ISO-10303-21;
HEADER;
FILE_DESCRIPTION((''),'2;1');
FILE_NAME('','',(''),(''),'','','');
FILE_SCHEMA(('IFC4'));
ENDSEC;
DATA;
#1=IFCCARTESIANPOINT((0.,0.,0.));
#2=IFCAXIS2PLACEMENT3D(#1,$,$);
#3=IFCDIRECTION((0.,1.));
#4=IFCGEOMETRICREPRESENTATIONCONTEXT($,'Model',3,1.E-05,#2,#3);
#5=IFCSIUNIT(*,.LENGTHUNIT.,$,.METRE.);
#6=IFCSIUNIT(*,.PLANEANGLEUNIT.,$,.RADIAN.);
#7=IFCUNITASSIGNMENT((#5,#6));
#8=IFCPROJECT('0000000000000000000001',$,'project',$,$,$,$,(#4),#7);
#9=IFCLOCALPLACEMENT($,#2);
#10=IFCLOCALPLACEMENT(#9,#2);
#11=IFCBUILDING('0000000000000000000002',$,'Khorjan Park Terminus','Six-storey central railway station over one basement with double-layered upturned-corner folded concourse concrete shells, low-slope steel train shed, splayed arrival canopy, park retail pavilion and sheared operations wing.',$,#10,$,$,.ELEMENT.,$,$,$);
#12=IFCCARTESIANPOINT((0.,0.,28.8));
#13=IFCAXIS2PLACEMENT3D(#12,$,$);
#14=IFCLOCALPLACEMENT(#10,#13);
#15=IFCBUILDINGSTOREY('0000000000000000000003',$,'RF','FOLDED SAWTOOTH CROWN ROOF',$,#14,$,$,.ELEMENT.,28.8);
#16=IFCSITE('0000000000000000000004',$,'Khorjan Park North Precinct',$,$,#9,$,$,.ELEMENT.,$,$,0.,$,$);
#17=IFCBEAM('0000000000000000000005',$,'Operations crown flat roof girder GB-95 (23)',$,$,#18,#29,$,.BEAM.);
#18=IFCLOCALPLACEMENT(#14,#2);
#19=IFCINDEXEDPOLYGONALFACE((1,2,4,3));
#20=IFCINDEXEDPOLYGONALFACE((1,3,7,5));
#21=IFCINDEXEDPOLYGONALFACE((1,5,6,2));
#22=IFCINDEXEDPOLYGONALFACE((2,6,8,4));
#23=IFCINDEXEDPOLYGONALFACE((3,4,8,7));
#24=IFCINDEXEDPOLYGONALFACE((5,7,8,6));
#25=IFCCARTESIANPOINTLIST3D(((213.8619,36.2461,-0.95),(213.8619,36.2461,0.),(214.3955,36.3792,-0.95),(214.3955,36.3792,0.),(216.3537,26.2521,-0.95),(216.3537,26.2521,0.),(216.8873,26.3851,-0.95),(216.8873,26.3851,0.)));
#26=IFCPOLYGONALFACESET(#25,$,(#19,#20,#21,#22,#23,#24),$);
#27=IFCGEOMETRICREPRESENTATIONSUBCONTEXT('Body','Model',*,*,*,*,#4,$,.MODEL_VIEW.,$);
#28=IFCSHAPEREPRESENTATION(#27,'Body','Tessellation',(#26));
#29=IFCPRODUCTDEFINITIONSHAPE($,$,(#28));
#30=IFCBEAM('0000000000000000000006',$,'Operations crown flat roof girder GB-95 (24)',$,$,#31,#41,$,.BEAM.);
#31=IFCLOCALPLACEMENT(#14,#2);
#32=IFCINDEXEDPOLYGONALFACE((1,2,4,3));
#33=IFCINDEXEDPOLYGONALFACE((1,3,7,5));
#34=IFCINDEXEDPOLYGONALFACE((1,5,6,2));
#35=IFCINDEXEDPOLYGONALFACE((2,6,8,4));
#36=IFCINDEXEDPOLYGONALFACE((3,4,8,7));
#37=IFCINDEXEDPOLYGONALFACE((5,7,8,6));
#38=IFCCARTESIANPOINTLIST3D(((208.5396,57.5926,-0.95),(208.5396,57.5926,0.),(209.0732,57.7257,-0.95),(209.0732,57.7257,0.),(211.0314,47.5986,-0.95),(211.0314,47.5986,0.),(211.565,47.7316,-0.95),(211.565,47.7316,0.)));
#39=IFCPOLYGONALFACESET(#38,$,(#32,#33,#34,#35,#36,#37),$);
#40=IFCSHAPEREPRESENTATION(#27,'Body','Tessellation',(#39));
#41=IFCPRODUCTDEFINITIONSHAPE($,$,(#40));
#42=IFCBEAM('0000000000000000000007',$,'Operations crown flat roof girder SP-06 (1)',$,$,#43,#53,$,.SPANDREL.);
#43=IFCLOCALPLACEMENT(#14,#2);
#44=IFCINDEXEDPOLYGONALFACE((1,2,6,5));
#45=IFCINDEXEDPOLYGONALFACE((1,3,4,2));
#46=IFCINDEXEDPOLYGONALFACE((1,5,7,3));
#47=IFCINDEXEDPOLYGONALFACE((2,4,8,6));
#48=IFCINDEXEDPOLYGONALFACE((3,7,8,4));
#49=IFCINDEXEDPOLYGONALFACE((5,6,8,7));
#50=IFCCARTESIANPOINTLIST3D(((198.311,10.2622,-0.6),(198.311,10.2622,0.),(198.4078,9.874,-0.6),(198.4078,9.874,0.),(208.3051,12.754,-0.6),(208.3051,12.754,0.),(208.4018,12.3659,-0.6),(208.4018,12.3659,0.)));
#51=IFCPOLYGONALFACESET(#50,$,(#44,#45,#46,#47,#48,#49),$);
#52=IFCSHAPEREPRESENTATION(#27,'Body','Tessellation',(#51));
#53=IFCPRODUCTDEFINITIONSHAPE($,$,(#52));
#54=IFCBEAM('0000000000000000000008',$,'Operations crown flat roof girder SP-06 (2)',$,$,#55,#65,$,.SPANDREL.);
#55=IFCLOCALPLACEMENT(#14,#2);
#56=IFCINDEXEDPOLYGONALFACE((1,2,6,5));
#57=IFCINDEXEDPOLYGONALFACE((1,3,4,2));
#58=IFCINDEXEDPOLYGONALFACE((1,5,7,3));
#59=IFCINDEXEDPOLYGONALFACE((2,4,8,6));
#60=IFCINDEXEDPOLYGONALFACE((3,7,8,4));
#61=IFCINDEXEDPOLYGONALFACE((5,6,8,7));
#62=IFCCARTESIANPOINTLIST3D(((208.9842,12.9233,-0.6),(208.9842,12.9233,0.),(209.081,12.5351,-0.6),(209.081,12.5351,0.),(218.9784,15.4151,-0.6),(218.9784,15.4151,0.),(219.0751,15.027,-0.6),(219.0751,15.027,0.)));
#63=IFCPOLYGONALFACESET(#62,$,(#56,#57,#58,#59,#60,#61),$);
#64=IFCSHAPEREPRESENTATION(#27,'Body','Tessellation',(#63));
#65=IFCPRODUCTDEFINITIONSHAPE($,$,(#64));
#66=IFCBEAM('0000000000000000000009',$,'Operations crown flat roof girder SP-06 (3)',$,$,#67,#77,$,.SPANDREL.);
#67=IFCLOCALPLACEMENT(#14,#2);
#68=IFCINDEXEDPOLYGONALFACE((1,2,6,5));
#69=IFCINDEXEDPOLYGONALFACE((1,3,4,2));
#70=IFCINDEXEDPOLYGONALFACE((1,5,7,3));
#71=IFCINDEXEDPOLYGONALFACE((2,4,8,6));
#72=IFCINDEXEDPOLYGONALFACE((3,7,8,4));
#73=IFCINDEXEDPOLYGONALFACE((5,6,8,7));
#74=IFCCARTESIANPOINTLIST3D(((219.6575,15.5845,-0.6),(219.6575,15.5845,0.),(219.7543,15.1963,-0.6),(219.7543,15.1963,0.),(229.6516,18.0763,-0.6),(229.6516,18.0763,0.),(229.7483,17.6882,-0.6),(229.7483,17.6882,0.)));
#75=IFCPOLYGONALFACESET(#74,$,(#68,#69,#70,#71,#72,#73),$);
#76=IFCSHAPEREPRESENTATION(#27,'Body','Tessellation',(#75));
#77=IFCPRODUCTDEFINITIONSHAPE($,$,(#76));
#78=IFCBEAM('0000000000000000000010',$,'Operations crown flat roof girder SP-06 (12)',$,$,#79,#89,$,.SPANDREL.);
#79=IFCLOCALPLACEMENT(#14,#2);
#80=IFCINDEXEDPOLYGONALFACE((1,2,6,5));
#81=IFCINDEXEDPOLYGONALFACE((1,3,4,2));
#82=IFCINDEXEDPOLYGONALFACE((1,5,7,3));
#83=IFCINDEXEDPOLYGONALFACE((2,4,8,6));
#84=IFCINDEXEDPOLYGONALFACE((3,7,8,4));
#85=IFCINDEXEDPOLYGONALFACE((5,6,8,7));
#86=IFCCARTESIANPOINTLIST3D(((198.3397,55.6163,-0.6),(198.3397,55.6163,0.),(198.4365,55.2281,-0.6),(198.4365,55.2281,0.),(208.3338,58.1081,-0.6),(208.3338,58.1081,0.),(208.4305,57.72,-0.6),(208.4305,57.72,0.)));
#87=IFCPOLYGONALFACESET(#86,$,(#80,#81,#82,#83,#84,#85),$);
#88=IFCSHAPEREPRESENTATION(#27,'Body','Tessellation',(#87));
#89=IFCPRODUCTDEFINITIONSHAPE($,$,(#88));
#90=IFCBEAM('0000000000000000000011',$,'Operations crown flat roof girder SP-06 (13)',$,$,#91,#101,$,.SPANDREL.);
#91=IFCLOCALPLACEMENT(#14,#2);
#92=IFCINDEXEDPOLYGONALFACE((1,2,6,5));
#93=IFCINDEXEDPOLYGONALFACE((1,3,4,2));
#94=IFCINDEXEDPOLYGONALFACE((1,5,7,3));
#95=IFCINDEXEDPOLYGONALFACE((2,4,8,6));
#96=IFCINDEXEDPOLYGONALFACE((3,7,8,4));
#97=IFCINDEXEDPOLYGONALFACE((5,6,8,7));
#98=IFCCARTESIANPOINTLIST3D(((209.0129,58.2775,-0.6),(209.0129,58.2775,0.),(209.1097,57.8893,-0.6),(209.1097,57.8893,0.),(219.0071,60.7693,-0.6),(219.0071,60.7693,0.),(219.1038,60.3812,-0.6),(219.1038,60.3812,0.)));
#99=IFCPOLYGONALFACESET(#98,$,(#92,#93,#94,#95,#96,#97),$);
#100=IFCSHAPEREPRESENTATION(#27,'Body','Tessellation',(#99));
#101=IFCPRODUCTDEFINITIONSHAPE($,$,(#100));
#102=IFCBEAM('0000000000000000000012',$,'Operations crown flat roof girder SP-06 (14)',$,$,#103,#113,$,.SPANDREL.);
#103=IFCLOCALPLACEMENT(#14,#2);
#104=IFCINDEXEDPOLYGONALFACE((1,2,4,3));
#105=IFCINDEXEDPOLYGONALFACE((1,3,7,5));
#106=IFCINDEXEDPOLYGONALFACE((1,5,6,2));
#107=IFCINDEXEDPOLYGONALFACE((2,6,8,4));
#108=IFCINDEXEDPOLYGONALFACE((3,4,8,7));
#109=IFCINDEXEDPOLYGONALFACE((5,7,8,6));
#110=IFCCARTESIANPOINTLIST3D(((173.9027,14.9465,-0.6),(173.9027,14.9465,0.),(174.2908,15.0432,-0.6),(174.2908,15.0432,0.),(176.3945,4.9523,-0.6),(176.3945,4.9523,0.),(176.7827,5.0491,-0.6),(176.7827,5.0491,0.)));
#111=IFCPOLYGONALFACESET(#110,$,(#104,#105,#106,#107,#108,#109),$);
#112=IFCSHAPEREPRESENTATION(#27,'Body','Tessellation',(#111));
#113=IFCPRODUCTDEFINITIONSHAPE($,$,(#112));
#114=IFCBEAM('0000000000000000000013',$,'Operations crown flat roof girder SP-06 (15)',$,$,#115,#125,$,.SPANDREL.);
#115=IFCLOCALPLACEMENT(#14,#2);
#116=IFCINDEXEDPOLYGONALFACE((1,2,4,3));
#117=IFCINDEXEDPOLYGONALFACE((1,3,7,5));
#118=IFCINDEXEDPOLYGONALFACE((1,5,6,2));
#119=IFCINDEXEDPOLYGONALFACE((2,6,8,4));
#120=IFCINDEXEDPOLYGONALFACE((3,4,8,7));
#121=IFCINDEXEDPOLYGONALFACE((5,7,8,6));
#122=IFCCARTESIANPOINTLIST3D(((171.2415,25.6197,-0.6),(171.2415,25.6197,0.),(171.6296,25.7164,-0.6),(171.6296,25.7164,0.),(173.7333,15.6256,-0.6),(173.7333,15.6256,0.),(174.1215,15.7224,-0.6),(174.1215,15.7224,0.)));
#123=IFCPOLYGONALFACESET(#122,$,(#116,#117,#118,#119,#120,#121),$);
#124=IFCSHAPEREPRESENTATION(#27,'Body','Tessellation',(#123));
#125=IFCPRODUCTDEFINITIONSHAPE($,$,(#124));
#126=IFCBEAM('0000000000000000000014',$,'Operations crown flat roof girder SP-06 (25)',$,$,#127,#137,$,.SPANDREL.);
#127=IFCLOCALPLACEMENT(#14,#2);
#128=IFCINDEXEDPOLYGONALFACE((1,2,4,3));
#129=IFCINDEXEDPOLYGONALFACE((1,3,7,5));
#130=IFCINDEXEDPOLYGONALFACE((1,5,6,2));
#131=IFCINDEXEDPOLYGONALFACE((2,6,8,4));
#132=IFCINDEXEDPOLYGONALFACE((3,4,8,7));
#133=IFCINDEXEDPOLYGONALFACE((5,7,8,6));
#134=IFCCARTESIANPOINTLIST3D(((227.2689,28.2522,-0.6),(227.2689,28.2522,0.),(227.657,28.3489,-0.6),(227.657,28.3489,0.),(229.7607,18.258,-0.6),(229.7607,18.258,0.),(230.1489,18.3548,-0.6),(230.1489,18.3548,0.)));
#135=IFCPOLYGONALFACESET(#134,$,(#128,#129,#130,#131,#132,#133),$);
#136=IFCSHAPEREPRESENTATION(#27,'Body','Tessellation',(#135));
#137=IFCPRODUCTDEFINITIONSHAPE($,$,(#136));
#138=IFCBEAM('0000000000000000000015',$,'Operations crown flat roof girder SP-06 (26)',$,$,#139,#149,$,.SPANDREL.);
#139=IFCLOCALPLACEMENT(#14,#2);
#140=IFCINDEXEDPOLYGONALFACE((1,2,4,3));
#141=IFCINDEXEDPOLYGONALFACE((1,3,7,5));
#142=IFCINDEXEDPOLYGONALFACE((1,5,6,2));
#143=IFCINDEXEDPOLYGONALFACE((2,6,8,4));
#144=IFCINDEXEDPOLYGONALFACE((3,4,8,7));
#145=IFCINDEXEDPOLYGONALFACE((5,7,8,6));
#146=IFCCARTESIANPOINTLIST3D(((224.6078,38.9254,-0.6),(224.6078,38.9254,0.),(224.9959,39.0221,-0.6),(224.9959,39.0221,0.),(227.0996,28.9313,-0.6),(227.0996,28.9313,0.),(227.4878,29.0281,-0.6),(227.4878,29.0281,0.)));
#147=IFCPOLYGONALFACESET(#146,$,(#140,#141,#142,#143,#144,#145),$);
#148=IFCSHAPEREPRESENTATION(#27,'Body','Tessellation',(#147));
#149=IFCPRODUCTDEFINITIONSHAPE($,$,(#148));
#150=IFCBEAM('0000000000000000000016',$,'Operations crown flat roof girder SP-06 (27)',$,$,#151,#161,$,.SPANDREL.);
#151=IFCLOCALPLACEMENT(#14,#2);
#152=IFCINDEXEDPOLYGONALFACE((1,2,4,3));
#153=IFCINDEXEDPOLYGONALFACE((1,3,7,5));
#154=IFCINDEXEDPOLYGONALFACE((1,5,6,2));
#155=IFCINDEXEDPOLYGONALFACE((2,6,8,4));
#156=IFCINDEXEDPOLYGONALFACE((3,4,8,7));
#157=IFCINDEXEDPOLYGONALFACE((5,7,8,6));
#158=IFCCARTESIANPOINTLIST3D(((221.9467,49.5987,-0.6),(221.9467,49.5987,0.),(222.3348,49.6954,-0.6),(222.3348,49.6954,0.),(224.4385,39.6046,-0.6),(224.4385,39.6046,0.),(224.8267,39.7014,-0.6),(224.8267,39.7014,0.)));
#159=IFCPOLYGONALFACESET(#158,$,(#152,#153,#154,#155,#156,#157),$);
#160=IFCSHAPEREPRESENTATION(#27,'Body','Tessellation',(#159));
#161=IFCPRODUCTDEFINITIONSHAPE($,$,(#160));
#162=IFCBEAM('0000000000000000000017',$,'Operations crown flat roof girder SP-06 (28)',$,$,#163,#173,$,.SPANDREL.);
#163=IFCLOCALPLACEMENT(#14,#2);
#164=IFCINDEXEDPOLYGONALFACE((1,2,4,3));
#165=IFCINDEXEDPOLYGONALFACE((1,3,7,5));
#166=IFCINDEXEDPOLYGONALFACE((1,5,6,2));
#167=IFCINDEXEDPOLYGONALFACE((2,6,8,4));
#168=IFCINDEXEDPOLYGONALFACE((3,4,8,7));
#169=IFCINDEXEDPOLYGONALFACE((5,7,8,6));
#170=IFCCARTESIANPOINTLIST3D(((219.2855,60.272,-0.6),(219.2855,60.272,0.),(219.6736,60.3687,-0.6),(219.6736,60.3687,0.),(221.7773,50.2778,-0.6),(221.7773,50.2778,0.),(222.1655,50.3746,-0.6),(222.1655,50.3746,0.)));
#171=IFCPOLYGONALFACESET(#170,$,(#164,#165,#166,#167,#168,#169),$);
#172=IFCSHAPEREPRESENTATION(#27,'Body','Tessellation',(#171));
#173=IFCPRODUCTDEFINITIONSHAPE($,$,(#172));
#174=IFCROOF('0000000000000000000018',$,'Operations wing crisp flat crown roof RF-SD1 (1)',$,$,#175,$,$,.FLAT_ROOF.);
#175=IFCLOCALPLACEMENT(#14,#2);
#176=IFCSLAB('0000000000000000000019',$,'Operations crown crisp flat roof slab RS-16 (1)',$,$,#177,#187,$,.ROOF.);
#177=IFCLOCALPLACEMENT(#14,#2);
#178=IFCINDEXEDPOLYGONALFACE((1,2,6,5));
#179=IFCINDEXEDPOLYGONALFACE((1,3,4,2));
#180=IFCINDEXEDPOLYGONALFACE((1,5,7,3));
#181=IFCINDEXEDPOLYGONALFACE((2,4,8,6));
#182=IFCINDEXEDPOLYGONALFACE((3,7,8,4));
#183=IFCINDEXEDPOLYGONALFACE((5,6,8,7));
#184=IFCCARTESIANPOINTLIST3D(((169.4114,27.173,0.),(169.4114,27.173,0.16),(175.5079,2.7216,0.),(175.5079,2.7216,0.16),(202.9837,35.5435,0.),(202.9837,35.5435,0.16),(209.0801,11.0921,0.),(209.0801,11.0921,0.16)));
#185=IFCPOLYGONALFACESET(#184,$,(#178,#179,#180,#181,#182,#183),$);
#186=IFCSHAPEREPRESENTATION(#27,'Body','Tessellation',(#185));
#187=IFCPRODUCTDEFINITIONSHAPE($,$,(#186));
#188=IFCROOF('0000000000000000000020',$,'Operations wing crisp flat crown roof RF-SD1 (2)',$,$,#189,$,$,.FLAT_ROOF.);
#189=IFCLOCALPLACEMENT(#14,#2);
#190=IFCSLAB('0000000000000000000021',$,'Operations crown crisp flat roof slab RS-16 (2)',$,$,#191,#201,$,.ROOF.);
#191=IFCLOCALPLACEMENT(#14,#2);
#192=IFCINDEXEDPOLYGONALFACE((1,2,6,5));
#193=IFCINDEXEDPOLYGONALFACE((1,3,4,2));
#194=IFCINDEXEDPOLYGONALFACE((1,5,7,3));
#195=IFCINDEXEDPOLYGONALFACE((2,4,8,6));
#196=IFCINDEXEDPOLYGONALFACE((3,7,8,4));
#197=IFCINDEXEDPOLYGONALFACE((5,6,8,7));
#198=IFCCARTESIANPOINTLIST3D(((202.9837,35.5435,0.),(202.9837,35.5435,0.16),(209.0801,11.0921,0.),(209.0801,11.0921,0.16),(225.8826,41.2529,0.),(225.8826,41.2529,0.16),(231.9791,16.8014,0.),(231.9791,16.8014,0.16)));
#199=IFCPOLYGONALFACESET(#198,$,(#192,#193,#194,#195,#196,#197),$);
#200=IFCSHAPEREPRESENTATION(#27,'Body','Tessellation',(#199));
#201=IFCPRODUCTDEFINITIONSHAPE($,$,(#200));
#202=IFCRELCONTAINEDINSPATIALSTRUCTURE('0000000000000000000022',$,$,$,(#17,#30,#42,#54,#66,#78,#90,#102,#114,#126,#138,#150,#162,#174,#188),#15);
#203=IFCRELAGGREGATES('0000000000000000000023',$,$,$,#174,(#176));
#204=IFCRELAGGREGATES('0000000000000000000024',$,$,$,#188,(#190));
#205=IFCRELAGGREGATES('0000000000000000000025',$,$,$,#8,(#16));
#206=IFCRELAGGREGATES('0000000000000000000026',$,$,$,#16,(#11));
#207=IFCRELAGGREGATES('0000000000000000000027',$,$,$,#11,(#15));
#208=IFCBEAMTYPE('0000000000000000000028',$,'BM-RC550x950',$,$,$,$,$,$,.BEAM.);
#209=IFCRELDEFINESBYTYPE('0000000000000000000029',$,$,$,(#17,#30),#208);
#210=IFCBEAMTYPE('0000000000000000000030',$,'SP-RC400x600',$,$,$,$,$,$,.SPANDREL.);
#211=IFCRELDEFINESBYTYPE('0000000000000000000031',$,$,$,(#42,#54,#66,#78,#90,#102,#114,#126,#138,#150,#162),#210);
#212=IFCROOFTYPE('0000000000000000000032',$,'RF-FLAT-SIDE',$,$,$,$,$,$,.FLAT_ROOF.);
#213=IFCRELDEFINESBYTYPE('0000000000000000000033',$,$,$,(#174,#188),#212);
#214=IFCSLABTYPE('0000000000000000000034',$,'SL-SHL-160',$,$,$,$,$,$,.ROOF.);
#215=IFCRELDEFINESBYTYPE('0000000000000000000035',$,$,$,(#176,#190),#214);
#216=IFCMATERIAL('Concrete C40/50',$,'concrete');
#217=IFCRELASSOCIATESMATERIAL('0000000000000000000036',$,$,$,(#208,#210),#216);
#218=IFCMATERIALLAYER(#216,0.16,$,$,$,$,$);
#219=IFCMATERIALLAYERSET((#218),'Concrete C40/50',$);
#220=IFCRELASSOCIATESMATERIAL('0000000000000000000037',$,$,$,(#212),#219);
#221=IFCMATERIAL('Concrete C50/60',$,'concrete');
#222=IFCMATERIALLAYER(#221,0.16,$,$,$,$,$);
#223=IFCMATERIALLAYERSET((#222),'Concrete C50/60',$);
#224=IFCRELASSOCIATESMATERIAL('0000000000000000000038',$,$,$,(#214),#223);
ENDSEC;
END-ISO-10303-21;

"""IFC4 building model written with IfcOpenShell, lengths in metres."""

from ifc_helpers import new_model, si_unit, direction, frame, origin, origin_2d, place, context, subcontext, project, spatial, polyline, rectangle, outline, extrude, material, layer, layer_set, material_profile, profile_set, type_object, element, aggregate, save


model = new_model("IFC4")

# Units and contexts
model_context = context("Model", 3, precision=1e-05, world=origin(), true_north=direction((0.0, 1.0)))
body_context = subcontext(model_context, "Body", "Model", "MODEL_VIEW")
ifc_project = project(units=[si_unit("LENGTHUNIT", "METRE"), si_unit("PLANEANGLEUNIT", "RADIAN")], contexts=[model_context])

# Site, building, storey
site_placement = place(None, origin())
site = spatial("IfcSite", under=ifc_project, at=site_placement, Name="Khorjan Park North Precinct", CompositionType="ELEMENT", RefElevation=0.0)
building_placement = place(site_placement, origin())
building = spatial("IfcBuilding", under=site, at=building_placement, Name="Khorjan Park Terminus", Description="Six-storey central railway station over one basement with double-layered upturned-corner folded concourse concrete shells, low-slope steel train shed, splayed arrival canopy, park retail pavilion and sheared operations wing.", CompositionType="ELEMENT")
storey_placement = place(building_placement, frame((0.0, 0.0, 28.8)))
storey = spatial("IfcBuildingStorey", under=building, at=storey_placement, Name="RF", Description="FOLDED SAWTOOTH CROWN ROOF", CompositionType="ELEMENT", Elevation=28.8)

# Beams
ifc_material_1 = material(Name="Concrete C40/50", Category="concrete")
ifc_material_profile_1 = material_profile(ifc_material_1, rectangle(XDim=0.55, YDim=0.95, at=origin_2d()), Name="RC 550x950")
ifc_profile_set_1 = profile_set([ifc_material_profile_1], Name="Concrete C40/50")
beam_type_1 = type_object("IfcBeamType", Name="BM-RC550x950", PredefinedType="BEAM", material=ifc_profile_set_1)
for number, where, z_axis, x_axis, name in (
    (1, (216.6205, 26.3186, -0.475), (-0.241923, 0.970295, 0.0), (-0.970295, -0.241923, 0.0), "Operations crown flat roof girder GB-95 (23)"),
    (2, (211.2982, 47.6651, -0.475), (-0.241923, 0.970295, 0.0), (-0.970295, -0.241923, 0.0), "Operations crown flat roof girder GB-95 (24)"),
):
    element("IfcBeam", number, at=place(storey_placement, frame(where, z_axis=z_axis, x_axis=x_axis)), inside=storey, type_object=beam_type_1, Name=name, PredefinedType="BEAM", context=body_context, shape_type="SweptSolid", body=[
        extrude(rectangle(XDim=0.55, YDim=0.95, at=origin_2d()), origin(), (0.0, 0.0, 1.0), 10.3),
    ])
ifc_material_profile_2 = material_profile(ifc_material_1, rectangle(XDim=0.4, YDim=0.6, at=origin_2d()), Name="RC 400x600")
ifc_profile_set_2 = profile_set([ifc_material_profile_2], Name="Concrete C40/50")
beam_type_2 = type_object("IfcBeamType", Name="SP-RC400x600", PredefinedType="SPANDREL", material=ifc_profile_set_2)
beam_1_placement = place(storey_placement, frame((198.3594, 10.0681, -0.3), z_axis=(0.970295, 0.241923, 0.0), x_axis=(-0.241923, 0.970295, 0.0)))
element("IfcBeam", 3, at=beam_1_placement, inside=storey, type_object=beam_type_2, Name="Operations crown flat roof girder SP-06 (1)", PredefinedType="SPANDREL", context=body_context, shape_type="SweptSolid", body=[
    extrude(rectangle(XDim=0.4, YDim=0.6, at=origin_2d()), origin(), (0.0, 0.0, 1.0), 10.3),
])
beam_2_placement = place(storey_placement, frame((209.0326, 12.7292, -0.3), z_axis=(0.970296, 0.241921, 0.0), x_axis=(-0.241921, 0.970296, 0.0)))
element("IfcBeam", 4, at=beam_2_placement, inside=storey, type_object=beam_type_2, Name="Operations crown flat roof girder SP-06 (2)", PredefinedType="SPANDREL", context=body_context, shape_type="SweptSolid", body=[
    extrude(rectangle(XDim=0.4, YDim=0.6, at=origin_2d()), origin(), (0.0, 0.0, 1.0), 10.3001),
])
for number, where, z_axis, x_axis, name in (
    (5, (219.7059, 15.3904, -0.3), (0.970295, 0.241923, 0.0), (-0.241923, 0.970295, 0.0), "Operations crown flat roof girder SP-06 (3)"),
    (6, (198.3881, 55.4222, -0.3), (0.970295, 0.241923, 0.0), (-0.241923, 0.970295, 0.0), "Operations crown flat roof girder SP-06 (12)"),
):
    element("IfcBeam", number, at=place(storey_placement, frame(where, z_axis=z_axis, x_axis=x_axis)), inside=storey, type_object=beam_type_2, Name=name, PredefinedType="SPANDREL", context=body_context, shape_type="SweptSolid", body=[
        extrude(rectangle(XDim=0.4, YDim=0.6, at=origin_2d()), origin(), (0.0, 0.0, 1.0), 10.3),
    ])
for number, where, z_axis, x_axis, name in (
    (7, (209.0613, 58.0834, -0.3), (0.970296, 0.241921, 0.0), (-0.241921, 0.970296, 0.0), "Operations crown flat roof girder SP-06 (13)"),
    (8, (176.5886, 5.0007, -0.3), (-0.241921, 0.970296, 0.0), (-0.970296, -0.241921, 0.0), "Operations crown flat roof girder SP-06 (14)"),
):
    element("IfcBeam", number, at=place(storey_placement, frame(where, z_axis=z_axis, x_axis=x_axis)), inside=storey, type_object=beam_type_2, Name=name, PredefinedType="SPANDREL", context=body_context, shape_type="SweptSolid", body=[
        extrude(rectangle(XDim=0.4, YDim=0.6, at=origin_2d()), origin(), (0.0, 0.0, 1.0), 10.3001),
    ])
beam_3_placement = place(storey_placement, frame((173.9274, 15.674, -0.3), z_axis=(-0.241923, 0.970295, 0.0), x_axis=(-0.970295, -0.241923, 0.0)))
element("IfcBeam", 9, at=beam_3_placement, inside=storey, type_object=beam_type_2, Name="Operations crown flat roof girder SP-06 (15)", PredefinedType="SPANDREL", context=body_context, shape_type="SweptSolid", body=[
    extrude(rectangle(XDim=0.4, YDim=0.6, at=origin_2d()), origin(), (0.0, 0.0, 1.0), 10.3),
])
beam_4_placement = place(storey_placement, frame((229.9548, 18.3064, -0.3), z_axis=(-0.241921, 0.970296, 0.0), x_axis=(-0.970296, -0.241921, 0.0)))
element("IfcBeam", 10, at=beam_4_placement, inside=storey, type_object=beam_type_2, Name="Operations crown flat roof girder SP-06 (25)", PredefinedType="SPANDREL", context=body_context, shape_type="SweptSolid", body=[
    extrude(rectangle(XDim=0.4, YDim=0.6, at=origin_2d()), origin(), (0.0, 0.0, 1.0), 10.3001),
])
for number, where, z_axis, x_axis, name in (
    (11, (227.2937, 28.9797, -0.3), (-0.241923, 0.970295, 0.0), (-0.970295, -0.241923, 0.0), "Operations crown flat roof girder SP-06 (26)"),
    (12, (224.6326, 39.653, -0.3), (-0.241923, 0.970295, 0.0), (-0.970295, -0.241923, 0.0), "Operations crown flat roof girder SP-06 (27)"),
):
    element("IfcBeam", number, at=place(storey_placement, frame(where, z_axis=z_axis, x_axis=x_axis)), inside=storey, type_object=beam_type_2, Name=name, PredefinedType="SPANDREL", context=body_context, shape_type="SweptSolid", body=[
        extrude(rectangle(XDim=0.4, YDim=0.6, at=origin_2d()), origin(), (0.0, 0.0, 1.0), 10.3),
    ])
beam_5_placement = place(storey_placement, frame((221.9714, 50.3262, -0.3), z_axis=(-0.241921, 0.970296, 0.0), x_axis=(-0.970296, -0.241921, 0.0)))
element("IfcBeam", 13, at=beam_5_placement, inside=storey, type_object=beam_type_2, Name="Operations crown flat roof girder SP-06 (28)", PredefinedType="SPANDREL", context=body_context, shape_type="SweptSolid", body=[
    extrude(rectangle(XDim=0.4, YDim=0.6, at=origin_2d()), origin(), (0.0, 0.0, 1.0), 10.3001),
])

# Roofs, slabs
ifc_layer_1 = layer(ifc_material_1, 0.16)
ifc_layer_set_1 = layer_set([ifc_layer_1], Name="Concrete C40/50")
roof_type = type_object("IfcRoofType", Name="RF-FLAT-SIDE", PredefinedType="FLAT_ROOF", material=ifc_layer_set_1)
roof_1_placement = place(storey_placement, origin())
roof_1 = element("IfcRoof", 14, at=roof_1_placement, inside=storey, type_object=roof_type, Name="Operations wing crisp flat crown roof RF-SD1 (1)", PredefinedType="FLAT_ROOF")
ifc_material_2 = material(Name="Concrete C50/60", Category="concrete")
ifc_layer_2 = layer(ifc_material_2, 0.16)
ifc_layer_set_2 = layer_set([ifc_layer_2], Name="Concrete C50/60")
slab_type = type_object("IfcSlabType", Name="SL-SHL-160", PredefinedType="ROOF", material=ifc_layer_set_2)
slab_1_placement = place(storey_placement, origin())
slab_1 = element("IfcSlab", 15, at=slab_1_placement, type_object=slab_type, Name="Operations crown crisp flat roof slab RS-16 (1)", PredefinedType="ROOF", context=body_context, shape_type="SweptSolid", body=[
    extrude(outline(polyline([(175.5079, 2.7216), (209.0801, 11.0921), (202.9837, 35.5435), (169.4114, 27.173), (175.5079, 2.7216)])), origin(), (0.0, 0.0, 1.0), 0.16),
])
aggregate(roof_1, [slab_1])
roof_2_placement = place(storey_placement, origin())
roof_2 = element("IfcRoof", 16, at=roof_2_placement, inside=storey, type_object=roof_type, Name="Operations wing crisp flat crown roof RF-SD1 (2)", PredefinedType="FLAT_ROOF")
slab_2_placement = place(storey_placement, origin())
slab_2 = element("IfcSlab", 17, at=slab_2_placement, type_object=slab_type, Name="Operations crown crisp flat roof slab RS-16 (2)", PredefinedType="ROOF", context=body_context, shape_type="SweptSolid", body=[
    extrude(outline(polyline([(209.0801, 11.0921), (231.9791, 16.8014), (225.8826, 41.2529), (202.9837, 35.5435), (209.0801, 11.0921)])), origin(), (0.0, 0.0, 1.0), 0.16),
])
aggregate(roof_2, [slab_2])

save(model, "model.ifc")
